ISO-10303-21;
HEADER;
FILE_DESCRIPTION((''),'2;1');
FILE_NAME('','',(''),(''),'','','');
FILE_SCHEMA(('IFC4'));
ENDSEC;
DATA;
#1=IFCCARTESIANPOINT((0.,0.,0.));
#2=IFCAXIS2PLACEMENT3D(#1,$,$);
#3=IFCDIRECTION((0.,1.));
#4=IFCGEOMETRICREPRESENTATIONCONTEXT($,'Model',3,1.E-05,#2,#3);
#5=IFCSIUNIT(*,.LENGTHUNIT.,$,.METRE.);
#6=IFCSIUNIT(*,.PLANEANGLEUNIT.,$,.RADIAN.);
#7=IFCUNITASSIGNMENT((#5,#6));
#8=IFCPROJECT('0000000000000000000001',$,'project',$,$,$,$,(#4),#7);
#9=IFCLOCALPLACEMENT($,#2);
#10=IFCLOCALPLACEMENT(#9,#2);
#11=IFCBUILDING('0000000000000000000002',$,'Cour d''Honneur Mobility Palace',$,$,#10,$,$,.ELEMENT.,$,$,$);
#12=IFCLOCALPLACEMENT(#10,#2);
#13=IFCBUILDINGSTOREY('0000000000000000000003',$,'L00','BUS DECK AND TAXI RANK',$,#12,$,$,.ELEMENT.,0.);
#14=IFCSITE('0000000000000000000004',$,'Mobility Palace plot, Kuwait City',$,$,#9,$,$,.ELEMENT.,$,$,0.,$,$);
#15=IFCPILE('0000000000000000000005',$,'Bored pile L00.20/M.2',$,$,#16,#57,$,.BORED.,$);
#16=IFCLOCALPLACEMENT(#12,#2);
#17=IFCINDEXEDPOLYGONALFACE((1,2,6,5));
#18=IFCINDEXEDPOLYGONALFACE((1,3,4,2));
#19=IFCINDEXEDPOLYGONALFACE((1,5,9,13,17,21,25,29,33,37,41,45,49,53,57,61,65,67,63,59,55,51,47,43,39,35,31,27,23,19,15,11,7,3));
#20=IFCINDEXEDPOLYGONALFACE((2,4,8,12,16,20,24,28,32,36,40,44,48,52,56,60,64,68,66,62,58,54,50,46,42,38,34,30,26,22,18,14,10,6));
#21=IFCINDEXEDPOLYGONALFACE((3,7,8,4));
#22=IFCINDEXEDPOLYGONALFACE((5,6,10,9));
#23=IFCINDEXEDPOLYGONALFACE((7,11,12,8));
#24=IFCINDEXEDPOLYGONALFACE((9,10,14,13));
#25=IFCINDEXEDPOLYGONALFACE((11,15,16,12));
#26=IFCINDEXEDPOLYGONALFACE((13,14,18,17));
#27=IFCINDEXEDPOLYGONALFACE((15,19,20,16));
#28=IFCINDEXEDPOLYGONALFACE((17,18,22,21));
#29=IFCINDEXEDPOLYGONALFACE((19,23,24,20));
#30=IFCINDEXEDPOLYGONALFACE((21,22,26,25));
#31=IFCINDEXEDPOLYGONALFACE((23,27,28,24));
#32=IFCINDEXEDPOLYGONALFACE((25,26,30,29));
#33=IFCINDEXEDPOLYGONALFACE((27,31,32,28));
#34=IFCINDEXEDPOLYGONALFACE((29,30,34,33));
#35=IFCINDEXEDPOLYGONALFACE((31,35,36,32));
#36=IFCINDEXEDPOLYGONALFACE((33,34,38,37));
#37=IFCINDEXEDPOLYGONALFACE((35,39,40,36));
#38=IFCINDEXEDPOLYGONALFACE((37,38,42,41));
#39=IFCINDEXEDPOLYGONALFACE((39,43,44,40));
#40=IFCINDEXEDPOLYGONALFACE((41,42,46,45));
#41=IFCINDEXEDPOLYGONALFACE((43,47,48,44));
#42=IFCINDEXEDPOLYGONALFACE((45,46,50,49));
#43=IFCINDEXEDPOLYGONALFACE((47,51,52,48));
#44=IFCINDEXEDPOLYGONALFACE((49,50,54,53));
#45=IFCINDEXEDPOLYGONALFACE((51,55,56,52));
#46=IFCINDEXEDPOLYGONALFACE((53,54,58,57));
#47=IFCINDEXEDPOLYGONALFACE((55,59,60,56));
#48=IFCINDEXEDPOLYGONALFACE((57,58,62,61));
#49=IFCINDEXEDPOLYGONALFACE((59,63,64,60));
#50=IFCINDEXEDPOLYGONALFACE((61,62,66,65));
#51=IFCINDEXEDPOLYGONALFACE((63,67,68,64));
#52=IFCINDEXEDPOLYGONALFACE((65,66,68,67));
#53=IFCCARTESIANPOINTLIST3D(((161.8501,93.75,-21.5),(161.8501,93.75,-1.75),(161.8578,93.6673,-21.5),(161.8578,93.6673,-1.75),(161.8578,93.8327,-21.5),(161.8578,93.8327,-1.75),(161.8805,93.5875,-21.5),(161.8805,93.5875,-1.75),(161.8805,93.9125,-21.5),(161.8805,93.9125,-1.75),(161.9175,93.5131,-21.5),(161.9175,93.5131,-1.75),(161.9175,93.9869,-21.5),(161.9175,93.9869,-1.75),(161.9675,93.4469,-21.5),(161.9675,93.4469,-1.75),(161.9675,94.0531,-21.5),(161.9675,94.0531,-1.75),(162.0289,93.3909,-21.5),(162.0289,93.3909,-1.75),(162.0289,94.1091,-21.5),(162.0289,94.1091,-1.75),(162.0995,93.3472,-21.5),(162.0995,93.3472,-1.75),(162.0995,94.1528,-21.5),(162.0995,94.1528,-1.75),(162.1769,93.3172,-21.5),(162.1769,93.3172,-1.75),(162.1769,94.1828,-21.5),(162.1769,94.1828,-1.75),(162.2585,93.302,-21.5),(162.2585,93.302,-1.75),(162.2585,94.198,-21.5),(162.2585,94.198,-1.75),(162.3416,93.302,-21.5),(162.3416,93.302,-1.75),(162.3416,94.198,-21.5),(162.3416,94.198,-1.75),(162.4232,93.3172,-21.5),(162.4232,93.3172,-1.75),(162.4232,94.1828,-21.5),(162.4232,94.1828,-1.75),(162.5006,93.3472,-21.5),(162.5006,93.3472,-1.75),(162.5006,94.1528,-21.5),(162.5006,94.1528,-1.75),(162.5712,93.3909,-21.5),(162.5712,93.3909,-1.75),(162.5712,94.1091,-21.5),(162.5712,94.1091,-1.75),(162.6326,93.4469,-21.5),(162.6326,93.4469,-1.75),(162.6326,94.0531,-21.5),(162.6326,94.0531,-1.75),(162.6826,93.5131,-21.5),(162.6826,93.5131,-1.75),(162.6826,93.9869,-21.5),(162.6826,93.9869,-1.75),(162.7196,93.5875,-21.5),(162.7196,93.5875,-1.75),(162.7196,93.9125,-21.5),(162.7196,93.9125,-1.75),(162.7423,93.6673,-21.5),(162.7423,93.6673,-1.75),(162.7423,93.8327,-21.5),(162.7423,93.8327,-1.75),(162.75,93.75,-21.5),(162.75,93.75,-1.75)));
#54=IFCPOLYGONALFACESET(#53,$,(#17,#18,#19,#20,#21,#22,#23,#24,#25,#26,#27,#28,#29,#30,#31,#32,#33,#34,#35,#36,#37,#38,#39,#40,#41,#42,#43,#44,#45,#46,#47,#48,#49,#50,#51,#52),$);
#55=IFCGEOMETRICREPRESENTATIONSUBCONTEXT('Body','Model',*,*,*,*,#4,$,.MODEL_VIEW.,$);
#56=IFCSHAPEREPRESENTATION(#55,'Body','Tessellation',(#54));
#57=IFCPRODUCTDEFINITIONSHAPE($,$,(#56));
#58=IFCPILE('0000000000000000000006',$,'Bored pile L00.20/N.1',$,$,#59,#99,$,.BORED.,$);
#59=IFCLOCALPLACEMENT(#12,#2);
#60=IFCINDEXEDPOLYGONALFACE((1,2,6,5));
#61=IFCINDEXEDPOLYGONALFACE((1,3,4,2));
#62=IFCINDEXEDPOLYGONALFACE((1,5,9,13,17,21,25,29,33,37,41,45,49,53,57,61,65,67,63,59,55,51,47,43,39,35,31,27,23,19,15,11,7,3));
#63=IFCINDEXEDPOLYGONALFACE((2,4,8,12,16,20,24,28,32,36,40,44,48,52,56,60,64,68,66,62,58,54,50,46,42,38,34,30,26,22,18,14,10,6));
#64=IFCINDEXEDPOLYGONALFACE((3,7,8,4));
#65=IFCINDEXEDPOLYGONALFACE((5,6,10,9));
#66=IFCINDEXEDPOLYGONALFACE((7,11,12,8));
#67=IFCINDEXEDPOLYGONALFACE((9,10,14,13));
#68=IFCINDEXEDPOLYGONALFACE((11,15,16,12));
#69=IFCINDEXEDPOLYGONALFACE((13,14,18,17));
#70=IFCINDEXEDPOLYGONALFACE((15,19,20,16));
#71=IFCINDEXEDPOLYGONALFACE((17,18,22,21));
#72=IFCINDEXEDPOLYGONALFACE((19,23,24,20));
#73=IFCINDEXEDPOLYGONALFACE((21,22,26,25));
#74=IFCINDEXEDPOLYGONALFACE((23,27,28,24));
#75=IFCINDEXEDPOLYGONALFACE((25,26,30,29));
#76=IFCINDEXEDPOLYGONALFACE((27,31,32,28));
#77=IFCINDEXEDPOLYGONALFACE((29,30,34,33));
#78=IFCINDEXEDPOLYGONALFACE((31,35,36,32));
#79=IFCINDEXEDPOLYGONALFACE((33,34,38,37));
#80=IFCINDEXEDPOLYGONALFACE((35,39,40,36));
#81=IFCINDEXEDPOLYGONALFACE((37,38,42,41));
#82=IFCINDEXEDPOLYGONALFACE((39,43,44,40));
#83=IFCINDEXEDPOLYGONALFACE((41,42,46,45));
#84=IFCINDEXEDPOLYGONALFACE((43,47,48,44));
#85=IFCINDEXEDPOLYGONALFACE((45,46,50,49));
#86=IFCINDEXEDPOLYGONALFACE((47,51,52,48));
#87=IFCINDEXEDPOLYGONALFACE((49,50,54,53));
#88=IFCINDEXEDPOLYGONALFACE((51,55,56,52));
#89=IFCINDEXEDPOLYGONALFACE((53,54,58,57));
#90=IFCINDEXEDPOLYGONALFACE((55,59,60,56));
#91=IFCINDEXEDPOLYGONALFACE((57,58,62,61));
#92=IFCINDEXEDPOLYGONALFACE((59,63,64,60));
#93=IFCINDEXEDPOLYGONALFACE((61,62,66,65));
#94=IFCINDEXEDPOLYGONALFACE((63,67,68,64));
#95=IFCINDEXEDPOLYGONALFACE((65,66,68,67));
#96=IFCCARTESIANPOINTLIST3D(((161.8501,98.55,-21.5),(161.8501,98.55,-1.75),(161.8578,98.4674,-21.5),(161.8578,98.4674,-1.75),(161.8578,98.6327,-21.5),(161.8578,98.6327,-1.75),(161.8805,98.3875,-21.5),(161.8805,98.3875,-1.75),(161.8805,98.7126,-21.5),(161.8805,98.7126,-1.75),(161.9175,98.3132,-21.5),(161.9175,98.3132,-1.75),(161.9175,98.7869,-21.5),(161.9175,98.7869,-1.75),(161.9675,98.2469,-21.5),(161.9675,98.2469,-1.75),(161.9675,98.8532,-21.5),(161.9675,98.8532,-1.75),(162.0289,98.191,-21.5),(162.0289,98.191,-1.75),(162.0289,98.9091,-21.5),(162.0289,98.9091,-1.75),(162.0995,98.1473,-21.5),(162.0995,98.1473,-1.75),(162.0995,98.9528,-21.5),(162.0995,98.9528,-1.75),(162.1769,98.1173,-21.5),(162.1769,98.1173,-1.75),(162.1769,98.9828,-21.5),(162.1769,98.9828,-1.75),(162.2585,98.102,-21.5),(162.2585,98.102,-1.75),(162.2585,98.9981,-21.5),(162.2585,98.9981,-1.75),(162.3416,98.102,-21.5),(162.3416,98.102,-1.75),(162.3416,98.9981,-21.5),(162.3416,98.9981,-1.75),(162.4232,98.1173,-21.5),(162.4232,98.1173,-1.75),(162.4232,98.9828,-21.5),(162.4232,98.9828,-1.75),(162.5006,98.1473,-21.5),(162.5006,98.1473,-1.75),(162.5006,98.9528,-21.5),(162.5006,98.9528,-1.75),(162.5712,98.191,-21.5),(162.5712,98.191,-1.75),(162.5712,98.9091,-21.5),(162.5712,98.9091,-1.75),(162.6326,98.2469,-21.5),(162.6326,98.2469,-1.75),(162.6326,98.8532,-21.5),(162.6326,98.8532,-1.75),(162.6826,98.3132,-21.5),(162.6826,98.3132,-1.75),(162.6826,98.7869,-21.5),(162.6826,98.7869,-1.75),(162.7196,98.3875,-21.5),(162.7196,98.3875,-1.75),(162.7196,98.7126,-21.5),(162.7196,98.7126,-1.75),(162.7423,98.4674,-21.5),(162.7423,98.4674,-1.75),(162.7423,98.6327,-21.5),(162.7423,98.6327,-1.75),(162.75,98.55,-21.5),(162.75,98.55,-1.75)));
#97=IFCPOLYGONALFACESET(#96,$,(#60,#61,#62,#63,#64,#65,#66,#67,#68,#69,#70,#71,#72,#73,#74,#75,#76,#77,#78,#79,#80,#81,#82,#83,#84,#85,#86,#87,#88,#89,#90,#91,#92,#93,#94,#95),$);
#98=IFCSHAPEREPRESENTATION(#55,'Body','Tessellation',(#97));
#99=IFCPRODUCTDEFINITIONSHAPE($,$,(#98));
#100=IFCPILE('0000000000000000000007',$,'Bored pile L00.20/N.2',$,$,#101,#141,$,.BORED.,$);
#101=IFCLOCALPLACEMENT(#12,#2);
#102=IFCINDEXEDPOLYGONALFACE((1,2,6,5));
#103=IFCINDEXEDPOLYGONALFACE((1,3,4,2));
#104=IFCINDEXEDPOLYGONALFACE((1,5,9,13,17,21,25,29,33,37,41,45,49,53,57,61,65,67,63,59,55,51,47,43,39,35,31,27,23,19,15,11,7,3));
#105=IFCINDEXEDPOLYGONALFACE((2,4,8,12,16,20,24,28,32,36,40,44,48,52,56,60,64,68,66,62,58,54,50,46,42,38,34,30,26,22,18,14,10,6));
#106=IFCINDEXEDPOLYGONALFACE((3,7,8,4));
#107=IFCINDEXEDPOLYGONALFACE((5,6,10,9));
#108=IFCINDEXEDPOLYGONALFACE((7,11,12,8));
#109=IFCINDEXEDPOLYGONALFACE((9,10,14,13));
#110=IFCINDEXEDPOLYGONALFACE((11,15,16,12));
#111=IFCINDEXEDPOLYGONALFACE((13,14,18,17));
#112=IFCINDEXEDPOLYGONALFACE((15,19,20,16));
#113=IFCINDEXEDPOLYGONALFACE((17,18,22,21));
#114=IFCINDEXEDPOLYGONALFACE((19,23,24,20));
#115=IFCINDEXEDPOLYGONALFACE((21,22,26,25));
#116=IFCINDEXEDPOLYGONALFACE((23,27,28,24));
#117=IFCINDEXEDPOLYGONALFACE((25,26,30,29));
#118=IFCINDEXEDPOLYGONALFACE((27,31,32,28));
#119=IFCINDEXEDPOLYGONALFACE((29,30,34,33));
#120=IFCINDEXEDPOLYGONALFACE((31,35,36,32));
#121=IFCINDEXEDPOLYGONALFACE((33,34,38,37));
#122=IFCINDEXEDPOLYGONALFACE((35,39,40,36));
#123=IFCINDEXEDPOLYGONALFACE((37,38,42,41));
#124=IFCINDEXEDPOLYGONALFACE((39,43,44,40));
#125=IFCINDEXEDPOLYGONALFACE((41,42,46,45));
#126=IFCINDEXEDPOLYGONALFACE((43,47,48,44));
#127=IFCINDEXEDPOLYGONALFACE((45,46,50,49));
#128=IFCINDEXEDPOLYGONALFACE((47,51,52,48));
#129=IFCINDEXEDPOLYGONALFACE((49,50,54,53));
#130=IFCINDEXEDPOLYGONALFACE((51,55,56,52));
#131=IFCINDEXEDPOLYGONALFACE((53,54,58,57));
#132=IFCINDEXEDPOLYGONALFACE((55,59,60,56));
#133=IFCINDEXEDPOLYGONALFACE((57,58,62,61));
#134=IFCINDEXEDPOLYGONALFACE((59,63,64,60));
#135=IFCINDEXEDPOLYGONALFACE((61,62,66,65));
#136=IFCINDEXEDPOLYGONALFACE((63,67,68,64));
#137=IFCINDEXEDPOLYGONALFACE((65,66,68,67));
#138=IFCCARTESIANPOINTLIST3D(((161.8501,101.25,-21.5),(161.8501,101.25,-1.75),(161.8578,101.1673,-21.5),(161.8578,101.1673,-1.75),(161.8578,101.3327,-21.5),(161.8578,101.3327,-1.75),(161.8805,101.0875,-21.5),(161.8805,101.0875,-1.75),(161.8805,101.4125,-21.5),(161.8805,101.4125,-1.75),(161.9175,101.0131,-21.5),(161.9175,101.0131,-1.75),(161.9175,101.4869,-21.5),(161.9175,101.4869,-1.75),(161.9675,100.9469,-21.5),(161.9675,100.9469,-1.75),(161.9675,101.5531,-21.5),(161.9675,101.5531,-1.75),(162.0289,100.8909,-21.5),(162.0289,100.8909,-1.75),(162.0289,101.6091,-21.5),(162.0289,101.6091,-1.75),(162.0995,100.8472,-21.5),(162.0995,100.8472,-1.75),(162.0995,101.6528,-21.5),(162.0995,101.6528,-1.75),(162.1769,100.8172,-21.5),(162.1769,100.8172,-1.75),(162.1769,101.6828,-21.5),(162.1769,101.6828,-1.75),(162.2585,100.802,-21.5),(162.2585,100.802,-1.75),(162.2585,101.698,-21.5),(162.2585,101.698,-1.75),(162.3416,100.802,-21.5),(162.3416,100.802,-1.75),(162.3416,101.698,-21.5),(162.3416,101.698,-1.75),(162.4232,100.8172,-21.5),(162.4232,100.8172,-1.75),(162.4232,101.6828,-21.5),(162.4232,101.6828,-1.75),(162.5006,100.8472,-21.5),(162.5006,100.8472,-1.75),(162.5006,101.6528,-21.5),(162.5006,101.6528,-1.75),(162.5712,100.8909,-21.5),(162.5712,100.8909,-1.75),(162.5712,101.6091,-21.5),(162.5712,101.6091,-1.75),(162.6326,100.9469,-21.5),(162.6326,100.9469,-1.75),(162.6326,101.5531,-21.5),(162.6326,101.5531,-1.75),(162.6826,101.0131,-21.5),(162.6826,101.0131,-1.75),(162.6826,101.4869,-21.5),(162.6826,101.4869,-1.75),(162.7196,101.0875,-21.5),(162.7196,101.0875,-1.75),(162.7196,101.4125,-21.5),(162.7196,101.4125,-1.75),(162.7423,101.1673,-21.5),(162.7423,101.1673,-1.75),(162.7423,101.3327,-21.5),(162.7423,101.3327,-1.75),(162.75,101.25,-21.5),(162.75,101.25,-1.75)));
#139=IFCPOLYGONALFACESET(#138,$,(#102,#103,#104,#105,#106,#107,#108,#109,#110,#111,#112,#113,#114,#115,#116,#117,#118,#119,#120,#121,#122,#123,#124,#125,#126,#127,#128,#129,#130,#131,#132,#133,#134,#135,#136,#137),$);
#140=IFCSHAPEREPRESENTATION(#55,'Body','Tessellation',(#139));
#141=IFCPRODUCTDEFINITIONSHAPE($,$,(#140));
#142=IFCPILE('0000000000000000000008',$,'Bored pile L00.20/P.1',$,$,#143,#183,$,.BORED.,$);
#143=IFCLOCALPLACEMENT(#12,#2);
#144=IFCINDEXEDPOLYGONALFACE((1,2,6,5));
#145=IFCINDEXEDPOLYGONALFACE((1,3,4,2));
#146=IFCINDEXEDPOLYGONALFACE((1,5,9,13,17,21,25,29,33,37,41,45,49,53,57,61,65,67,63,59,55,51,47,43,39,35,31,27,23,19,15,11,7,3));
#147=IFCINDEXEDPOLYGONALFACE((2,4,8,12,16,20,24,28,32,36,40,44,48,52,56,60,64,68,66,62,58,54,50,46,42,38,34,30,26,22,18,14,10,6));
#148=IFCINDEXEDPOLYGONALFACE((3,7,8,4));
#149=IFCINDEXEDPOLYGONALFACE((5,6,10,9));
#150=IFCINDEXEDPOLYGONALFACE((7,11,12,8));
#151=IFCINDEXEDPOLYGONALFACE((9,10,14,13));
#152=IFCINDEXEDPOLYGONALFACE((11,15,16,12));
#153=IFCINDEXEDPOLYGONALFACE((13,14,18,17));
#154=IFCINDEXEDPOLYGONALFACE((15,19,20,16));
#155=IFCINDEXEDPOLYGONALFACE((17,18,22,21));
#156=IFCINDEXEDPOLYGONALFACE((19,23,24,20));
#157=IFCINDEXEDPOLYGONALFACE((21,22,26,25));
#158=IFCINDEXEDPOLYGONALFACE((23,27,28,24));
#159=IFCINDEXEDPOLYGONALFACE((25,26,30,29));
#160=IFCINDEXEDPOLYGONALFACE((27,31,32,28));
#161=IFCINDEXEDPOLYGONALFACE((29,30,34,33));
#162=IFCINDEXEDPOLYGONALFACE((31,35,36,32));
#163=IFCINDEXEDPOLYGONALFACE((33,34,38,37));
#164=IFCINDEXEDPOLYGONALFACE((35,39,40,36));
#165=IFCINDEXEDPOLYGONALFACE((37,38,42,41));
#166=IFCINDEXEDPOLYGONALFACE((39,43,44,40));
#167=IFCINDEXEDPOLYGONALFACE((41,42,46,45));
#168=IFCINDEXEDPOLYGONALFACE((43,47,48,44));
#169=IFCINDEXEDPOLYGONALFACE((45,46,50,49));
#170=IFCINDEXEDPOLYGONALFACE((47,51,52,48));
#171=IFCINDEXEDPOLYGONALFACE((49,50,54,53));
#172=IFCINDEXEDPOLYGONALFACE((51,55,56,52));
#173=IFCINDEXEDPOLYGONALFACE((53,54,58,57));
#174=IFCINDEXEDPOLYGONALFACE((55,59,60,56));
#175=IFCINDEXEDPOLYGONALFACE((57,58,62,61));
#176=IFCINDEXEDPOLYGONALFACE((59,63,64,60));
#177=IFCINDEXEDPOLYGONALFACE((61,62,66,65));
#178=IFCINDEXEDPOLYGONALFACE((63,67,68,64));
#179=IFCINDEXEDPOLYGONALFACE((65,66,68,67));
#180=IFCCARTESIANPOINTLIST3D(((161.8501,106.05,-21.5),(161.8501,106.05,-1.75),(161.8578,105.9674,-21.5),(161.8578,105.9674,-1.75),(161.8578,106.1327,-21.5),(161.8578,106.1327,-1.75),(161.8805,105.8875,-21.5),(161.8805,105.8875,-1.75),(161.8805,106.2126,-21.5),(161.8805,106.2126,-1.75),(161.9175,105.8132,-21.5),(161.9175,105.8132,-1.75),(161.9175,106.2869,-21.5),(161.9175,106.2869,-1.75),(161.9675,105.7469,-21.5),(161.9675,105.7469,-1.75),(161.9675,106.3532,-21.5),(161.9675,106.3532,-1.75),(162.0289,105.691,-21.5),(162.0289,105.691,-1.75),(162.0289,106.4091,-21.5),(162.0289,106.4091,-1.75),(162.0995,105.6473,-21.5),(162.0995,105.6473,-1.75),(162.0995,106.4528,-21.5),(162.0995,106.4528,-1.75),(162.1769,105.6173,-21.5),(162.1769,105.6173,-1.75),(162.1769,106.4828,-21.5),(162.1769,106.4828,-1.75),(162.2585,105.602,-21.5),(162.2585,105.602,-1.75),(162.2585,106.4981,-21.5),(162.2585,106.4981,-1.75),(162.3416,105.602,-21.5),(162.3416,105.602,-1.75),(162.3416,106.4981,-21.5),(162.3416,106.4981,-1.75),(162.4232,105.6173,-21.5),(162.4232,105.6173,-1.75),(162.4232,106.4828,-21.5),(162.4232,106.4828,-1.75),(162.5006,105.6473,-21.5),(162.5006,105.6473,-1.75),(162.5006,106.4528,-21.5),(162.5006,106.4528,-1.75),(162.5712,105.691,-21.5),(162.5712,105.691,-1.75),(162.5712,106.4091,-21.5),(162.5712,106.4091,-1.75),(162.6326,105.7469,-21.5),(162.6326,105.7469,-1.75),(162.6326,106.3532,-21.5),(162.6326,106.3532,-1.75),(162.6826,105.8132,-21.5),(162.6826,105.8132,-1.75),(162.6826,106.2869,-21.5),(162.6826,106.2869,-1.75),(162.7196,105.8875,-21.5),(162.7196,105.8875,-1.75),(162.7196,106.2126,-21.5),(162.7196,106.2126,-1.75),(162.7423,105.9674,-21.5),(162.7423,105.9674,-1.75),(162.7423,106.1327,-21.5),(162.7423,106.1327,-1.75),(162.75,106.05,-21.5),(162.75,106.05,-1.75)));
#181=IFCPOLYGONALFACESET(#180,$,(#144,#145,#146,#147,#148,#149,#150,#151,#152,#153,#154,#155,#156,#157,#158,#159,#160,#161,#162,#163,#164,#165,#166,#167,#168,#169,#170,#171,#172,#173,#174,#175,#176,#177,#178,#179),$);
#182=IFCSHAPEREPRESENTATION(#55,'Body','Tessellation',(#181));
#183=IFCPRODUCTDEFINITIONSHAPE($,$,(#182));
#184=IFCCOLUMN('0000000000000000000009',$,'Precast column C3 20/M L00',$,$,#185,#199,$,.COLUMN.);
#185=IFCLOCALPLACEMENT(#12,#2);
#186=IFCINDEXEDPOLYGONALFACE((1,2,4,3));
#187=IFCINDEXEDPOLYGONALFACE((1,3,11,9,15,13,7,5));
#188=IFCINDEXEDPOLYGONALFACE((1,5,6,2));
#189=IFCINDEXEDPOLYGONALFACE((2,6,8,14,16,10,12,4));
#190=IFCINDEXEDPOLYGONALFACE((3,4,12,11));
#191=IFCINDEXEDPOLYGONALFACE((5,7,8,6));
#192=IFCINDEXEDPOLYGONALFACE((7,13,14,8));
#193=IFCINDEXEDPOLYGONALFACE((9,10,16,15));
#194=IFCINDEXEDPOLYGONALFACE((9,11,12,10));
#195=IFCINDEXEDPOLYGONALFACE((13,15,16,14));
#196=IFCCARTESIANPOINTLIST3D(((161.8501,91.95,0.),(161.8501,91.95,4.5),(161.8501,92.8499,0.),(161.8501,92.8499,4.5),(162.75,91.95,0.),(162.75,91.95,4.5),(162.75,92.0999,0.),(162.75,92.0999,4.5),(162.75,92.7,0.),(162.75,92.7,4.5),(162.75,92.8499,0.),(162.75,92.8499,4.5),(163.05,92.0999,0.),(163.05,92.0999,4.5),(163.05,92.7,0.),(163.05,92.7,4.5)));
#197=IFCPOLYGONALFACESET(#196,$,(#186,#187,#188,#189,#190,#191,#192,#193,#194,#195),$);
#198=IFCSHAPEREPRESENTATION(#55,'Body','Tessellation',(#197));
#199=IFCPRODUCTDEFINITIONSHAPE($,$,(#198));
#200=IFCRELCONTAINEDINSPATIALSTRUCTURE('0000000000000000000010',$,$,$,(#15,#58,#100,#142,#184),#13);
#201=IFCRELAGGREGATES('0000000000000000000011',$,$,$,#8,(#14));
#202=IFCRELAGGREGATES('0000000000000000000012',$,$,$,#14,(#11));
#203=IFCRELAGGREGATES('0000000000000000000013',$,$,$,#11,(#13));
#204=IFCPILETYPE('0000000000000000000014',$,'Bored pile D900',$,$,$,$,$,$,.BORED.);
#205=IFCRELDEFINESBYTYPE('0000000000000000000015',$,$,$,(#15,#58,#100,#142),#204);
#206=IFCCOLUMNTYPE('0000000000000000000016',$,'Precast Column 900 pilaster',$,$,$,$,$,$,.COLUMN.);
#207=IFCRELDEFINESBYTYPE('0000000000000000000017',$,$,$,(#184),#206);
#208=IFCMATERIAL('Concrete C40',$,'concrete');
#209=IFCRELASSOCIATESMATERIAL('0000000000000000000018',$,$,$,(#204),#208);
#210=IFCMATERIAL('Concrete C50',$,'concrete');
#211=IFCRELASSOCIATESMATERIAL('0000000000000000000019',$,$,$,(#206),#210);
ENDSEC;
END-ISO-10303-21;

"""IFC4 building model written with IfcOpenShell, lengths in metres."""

from ifc_helpers import new_model, si_unit, direction, frame, origin, origin_2d, place, context, subcontext, project, spatial, polyline, circle, outline, extrude, material, material_profile, profile_set, type_object, element, save


model = new_model("IFC4")

# Units and contexts
model_context = context("Model", 3, precision=1e-05, world=origin(), true_north=direction((0.0, 1.0)))
body_context = subcontext(model_context, "Body", "Model", "MODEL_VIEW")
ifc_project = project(units=[si_unit("LENGTHUNIT", "METRE"), si_unit("PLANEANGLEUNIT", "RADIAN")], contexts=[model_context])

# Site, building, storey
site_placement = place(None, origin())
site = spatial("IfcSite", under=ifc_project, at=site_placement, Name="Mobility Palace plot, Kuwait City", CompositionType="ELEMENT", RefElevation=0.0)
building_placement = place(site_placement, origin())
building = spatial("IfcBuilding", under=site, at=building_placement, Name="Cour d'Honneur Mobility Palace", CompositionType="ELEMENT")
storey_placement = place(building_placement, origin())
storey = spatial("IfcBuildingStorey", under=building, at=storey_placement, Name="L00", Description="BUS DECK AND TAXI RANK", CompositionType="ELEMENT", Elevation=0.0)

# Piles
ifc_material_1 = material(Name="Concrete C40", Category="concrete")
ifc_material_profile_1 = material_profile(ifc_material_1, circle(Radius=0.45, at=origin_2d()), Name="Bored pile D900")
ifc_profile_set_1 = profile_set([ifc_material_profile_1], Name="Concrete C40")
pile_type = type_object("IfcPileType", Name="Bored pile D900", PredefinedType="BORED", material=ifc_profile_set_1)
for number, where, z_axis, x_axis, name in (
    (1, (162.3, 93.75, -1.75), (0.0, 0.0, -1.0), (1.0, 0.0, 0.0), "Bored pile L00.20/M.2"),
    (2, (162.3, 98.55, -1.75), (0.0, 0.0, -1.0), (1.0, 0.0, 0.0), "Bored pile L00.20/N.1"),
    (3, (162.3, 101.25, -1.75), (0.0, 0.0, -1.0), (1.0, 0.0, 0.0), "Bored pile L00.20/N.2"),
    (4, (162.3, 106.05, -1.75), (0.0, 0.0, -1.0), (1.0, 0.0, 0.0), "Bored pile L00.20/P.1"),
):
    element("IfcPile", number, at=place(storey_placement, frame(where, z_axis=z_axis, x_axis=x_axis)), inside=storey, type_object=pile_type, Name=name, PredefinedType="BORED", context=body_context, shape_type="SweptSolid", body=[
        extrude(circle(Radius=0.45, at=origin_2d()), origin(), (0.0, 0.0, 1.0), 19.75),
    ])

# Column
ifc_material_2 = material(Name="Concrete C50", Category="concrete")
ifc_material_profile_2 = material_profile(ifc_material_2, outline(polyline([(-0.45, -0.45), (0.45, -0.45), (0.45, -0.3), (0.75, -0.3), (0.75, 0.3), (0.45, 0.3), (0.45, 0.45), (-0.45, 0.45), (-0.45, -0.45)])), Name="PC C900 pilaster")
ifc_profile_set_2 = profile_set([ifc_material_profile_2], Name="Concrete C50")
column_type = type_object("IfcColumnType", Name="Precast Column 900 pilaster", PredefinedType="COLUMN", material=ifc_profile_set_2)
for number, where, z_axis, x_axis, name in (
    (5, (162.3, 92.3999, 0.0), (0.0, 0.0, 1.0), (1.0, 0.0, 0.0), "Precast column C3 20/M L00"),
):
    element("IfcColumn", number, at=place(storey_placement, frame(where, z_axis=z_axis, x_axis=x_axis)), inside=storey, type_object=column_type, Name=name, PredefinedType="COLUMN", context=body_context, shape_type="SweptSolid", body=[
        extrude(outline(polyline([(-0.45, -0.45), (0.45, -0.45), (0.45, -0.3), (0.75, -0.3), (0.75, 0.3), (0.45, 0.3), (0.45, 0.45), (-0.45, 0.45), (-0.45, -0.45)])), origin(), (0.0, 0.0, 1.0), 4.5),
    ])

save(model, "model.ifc")
